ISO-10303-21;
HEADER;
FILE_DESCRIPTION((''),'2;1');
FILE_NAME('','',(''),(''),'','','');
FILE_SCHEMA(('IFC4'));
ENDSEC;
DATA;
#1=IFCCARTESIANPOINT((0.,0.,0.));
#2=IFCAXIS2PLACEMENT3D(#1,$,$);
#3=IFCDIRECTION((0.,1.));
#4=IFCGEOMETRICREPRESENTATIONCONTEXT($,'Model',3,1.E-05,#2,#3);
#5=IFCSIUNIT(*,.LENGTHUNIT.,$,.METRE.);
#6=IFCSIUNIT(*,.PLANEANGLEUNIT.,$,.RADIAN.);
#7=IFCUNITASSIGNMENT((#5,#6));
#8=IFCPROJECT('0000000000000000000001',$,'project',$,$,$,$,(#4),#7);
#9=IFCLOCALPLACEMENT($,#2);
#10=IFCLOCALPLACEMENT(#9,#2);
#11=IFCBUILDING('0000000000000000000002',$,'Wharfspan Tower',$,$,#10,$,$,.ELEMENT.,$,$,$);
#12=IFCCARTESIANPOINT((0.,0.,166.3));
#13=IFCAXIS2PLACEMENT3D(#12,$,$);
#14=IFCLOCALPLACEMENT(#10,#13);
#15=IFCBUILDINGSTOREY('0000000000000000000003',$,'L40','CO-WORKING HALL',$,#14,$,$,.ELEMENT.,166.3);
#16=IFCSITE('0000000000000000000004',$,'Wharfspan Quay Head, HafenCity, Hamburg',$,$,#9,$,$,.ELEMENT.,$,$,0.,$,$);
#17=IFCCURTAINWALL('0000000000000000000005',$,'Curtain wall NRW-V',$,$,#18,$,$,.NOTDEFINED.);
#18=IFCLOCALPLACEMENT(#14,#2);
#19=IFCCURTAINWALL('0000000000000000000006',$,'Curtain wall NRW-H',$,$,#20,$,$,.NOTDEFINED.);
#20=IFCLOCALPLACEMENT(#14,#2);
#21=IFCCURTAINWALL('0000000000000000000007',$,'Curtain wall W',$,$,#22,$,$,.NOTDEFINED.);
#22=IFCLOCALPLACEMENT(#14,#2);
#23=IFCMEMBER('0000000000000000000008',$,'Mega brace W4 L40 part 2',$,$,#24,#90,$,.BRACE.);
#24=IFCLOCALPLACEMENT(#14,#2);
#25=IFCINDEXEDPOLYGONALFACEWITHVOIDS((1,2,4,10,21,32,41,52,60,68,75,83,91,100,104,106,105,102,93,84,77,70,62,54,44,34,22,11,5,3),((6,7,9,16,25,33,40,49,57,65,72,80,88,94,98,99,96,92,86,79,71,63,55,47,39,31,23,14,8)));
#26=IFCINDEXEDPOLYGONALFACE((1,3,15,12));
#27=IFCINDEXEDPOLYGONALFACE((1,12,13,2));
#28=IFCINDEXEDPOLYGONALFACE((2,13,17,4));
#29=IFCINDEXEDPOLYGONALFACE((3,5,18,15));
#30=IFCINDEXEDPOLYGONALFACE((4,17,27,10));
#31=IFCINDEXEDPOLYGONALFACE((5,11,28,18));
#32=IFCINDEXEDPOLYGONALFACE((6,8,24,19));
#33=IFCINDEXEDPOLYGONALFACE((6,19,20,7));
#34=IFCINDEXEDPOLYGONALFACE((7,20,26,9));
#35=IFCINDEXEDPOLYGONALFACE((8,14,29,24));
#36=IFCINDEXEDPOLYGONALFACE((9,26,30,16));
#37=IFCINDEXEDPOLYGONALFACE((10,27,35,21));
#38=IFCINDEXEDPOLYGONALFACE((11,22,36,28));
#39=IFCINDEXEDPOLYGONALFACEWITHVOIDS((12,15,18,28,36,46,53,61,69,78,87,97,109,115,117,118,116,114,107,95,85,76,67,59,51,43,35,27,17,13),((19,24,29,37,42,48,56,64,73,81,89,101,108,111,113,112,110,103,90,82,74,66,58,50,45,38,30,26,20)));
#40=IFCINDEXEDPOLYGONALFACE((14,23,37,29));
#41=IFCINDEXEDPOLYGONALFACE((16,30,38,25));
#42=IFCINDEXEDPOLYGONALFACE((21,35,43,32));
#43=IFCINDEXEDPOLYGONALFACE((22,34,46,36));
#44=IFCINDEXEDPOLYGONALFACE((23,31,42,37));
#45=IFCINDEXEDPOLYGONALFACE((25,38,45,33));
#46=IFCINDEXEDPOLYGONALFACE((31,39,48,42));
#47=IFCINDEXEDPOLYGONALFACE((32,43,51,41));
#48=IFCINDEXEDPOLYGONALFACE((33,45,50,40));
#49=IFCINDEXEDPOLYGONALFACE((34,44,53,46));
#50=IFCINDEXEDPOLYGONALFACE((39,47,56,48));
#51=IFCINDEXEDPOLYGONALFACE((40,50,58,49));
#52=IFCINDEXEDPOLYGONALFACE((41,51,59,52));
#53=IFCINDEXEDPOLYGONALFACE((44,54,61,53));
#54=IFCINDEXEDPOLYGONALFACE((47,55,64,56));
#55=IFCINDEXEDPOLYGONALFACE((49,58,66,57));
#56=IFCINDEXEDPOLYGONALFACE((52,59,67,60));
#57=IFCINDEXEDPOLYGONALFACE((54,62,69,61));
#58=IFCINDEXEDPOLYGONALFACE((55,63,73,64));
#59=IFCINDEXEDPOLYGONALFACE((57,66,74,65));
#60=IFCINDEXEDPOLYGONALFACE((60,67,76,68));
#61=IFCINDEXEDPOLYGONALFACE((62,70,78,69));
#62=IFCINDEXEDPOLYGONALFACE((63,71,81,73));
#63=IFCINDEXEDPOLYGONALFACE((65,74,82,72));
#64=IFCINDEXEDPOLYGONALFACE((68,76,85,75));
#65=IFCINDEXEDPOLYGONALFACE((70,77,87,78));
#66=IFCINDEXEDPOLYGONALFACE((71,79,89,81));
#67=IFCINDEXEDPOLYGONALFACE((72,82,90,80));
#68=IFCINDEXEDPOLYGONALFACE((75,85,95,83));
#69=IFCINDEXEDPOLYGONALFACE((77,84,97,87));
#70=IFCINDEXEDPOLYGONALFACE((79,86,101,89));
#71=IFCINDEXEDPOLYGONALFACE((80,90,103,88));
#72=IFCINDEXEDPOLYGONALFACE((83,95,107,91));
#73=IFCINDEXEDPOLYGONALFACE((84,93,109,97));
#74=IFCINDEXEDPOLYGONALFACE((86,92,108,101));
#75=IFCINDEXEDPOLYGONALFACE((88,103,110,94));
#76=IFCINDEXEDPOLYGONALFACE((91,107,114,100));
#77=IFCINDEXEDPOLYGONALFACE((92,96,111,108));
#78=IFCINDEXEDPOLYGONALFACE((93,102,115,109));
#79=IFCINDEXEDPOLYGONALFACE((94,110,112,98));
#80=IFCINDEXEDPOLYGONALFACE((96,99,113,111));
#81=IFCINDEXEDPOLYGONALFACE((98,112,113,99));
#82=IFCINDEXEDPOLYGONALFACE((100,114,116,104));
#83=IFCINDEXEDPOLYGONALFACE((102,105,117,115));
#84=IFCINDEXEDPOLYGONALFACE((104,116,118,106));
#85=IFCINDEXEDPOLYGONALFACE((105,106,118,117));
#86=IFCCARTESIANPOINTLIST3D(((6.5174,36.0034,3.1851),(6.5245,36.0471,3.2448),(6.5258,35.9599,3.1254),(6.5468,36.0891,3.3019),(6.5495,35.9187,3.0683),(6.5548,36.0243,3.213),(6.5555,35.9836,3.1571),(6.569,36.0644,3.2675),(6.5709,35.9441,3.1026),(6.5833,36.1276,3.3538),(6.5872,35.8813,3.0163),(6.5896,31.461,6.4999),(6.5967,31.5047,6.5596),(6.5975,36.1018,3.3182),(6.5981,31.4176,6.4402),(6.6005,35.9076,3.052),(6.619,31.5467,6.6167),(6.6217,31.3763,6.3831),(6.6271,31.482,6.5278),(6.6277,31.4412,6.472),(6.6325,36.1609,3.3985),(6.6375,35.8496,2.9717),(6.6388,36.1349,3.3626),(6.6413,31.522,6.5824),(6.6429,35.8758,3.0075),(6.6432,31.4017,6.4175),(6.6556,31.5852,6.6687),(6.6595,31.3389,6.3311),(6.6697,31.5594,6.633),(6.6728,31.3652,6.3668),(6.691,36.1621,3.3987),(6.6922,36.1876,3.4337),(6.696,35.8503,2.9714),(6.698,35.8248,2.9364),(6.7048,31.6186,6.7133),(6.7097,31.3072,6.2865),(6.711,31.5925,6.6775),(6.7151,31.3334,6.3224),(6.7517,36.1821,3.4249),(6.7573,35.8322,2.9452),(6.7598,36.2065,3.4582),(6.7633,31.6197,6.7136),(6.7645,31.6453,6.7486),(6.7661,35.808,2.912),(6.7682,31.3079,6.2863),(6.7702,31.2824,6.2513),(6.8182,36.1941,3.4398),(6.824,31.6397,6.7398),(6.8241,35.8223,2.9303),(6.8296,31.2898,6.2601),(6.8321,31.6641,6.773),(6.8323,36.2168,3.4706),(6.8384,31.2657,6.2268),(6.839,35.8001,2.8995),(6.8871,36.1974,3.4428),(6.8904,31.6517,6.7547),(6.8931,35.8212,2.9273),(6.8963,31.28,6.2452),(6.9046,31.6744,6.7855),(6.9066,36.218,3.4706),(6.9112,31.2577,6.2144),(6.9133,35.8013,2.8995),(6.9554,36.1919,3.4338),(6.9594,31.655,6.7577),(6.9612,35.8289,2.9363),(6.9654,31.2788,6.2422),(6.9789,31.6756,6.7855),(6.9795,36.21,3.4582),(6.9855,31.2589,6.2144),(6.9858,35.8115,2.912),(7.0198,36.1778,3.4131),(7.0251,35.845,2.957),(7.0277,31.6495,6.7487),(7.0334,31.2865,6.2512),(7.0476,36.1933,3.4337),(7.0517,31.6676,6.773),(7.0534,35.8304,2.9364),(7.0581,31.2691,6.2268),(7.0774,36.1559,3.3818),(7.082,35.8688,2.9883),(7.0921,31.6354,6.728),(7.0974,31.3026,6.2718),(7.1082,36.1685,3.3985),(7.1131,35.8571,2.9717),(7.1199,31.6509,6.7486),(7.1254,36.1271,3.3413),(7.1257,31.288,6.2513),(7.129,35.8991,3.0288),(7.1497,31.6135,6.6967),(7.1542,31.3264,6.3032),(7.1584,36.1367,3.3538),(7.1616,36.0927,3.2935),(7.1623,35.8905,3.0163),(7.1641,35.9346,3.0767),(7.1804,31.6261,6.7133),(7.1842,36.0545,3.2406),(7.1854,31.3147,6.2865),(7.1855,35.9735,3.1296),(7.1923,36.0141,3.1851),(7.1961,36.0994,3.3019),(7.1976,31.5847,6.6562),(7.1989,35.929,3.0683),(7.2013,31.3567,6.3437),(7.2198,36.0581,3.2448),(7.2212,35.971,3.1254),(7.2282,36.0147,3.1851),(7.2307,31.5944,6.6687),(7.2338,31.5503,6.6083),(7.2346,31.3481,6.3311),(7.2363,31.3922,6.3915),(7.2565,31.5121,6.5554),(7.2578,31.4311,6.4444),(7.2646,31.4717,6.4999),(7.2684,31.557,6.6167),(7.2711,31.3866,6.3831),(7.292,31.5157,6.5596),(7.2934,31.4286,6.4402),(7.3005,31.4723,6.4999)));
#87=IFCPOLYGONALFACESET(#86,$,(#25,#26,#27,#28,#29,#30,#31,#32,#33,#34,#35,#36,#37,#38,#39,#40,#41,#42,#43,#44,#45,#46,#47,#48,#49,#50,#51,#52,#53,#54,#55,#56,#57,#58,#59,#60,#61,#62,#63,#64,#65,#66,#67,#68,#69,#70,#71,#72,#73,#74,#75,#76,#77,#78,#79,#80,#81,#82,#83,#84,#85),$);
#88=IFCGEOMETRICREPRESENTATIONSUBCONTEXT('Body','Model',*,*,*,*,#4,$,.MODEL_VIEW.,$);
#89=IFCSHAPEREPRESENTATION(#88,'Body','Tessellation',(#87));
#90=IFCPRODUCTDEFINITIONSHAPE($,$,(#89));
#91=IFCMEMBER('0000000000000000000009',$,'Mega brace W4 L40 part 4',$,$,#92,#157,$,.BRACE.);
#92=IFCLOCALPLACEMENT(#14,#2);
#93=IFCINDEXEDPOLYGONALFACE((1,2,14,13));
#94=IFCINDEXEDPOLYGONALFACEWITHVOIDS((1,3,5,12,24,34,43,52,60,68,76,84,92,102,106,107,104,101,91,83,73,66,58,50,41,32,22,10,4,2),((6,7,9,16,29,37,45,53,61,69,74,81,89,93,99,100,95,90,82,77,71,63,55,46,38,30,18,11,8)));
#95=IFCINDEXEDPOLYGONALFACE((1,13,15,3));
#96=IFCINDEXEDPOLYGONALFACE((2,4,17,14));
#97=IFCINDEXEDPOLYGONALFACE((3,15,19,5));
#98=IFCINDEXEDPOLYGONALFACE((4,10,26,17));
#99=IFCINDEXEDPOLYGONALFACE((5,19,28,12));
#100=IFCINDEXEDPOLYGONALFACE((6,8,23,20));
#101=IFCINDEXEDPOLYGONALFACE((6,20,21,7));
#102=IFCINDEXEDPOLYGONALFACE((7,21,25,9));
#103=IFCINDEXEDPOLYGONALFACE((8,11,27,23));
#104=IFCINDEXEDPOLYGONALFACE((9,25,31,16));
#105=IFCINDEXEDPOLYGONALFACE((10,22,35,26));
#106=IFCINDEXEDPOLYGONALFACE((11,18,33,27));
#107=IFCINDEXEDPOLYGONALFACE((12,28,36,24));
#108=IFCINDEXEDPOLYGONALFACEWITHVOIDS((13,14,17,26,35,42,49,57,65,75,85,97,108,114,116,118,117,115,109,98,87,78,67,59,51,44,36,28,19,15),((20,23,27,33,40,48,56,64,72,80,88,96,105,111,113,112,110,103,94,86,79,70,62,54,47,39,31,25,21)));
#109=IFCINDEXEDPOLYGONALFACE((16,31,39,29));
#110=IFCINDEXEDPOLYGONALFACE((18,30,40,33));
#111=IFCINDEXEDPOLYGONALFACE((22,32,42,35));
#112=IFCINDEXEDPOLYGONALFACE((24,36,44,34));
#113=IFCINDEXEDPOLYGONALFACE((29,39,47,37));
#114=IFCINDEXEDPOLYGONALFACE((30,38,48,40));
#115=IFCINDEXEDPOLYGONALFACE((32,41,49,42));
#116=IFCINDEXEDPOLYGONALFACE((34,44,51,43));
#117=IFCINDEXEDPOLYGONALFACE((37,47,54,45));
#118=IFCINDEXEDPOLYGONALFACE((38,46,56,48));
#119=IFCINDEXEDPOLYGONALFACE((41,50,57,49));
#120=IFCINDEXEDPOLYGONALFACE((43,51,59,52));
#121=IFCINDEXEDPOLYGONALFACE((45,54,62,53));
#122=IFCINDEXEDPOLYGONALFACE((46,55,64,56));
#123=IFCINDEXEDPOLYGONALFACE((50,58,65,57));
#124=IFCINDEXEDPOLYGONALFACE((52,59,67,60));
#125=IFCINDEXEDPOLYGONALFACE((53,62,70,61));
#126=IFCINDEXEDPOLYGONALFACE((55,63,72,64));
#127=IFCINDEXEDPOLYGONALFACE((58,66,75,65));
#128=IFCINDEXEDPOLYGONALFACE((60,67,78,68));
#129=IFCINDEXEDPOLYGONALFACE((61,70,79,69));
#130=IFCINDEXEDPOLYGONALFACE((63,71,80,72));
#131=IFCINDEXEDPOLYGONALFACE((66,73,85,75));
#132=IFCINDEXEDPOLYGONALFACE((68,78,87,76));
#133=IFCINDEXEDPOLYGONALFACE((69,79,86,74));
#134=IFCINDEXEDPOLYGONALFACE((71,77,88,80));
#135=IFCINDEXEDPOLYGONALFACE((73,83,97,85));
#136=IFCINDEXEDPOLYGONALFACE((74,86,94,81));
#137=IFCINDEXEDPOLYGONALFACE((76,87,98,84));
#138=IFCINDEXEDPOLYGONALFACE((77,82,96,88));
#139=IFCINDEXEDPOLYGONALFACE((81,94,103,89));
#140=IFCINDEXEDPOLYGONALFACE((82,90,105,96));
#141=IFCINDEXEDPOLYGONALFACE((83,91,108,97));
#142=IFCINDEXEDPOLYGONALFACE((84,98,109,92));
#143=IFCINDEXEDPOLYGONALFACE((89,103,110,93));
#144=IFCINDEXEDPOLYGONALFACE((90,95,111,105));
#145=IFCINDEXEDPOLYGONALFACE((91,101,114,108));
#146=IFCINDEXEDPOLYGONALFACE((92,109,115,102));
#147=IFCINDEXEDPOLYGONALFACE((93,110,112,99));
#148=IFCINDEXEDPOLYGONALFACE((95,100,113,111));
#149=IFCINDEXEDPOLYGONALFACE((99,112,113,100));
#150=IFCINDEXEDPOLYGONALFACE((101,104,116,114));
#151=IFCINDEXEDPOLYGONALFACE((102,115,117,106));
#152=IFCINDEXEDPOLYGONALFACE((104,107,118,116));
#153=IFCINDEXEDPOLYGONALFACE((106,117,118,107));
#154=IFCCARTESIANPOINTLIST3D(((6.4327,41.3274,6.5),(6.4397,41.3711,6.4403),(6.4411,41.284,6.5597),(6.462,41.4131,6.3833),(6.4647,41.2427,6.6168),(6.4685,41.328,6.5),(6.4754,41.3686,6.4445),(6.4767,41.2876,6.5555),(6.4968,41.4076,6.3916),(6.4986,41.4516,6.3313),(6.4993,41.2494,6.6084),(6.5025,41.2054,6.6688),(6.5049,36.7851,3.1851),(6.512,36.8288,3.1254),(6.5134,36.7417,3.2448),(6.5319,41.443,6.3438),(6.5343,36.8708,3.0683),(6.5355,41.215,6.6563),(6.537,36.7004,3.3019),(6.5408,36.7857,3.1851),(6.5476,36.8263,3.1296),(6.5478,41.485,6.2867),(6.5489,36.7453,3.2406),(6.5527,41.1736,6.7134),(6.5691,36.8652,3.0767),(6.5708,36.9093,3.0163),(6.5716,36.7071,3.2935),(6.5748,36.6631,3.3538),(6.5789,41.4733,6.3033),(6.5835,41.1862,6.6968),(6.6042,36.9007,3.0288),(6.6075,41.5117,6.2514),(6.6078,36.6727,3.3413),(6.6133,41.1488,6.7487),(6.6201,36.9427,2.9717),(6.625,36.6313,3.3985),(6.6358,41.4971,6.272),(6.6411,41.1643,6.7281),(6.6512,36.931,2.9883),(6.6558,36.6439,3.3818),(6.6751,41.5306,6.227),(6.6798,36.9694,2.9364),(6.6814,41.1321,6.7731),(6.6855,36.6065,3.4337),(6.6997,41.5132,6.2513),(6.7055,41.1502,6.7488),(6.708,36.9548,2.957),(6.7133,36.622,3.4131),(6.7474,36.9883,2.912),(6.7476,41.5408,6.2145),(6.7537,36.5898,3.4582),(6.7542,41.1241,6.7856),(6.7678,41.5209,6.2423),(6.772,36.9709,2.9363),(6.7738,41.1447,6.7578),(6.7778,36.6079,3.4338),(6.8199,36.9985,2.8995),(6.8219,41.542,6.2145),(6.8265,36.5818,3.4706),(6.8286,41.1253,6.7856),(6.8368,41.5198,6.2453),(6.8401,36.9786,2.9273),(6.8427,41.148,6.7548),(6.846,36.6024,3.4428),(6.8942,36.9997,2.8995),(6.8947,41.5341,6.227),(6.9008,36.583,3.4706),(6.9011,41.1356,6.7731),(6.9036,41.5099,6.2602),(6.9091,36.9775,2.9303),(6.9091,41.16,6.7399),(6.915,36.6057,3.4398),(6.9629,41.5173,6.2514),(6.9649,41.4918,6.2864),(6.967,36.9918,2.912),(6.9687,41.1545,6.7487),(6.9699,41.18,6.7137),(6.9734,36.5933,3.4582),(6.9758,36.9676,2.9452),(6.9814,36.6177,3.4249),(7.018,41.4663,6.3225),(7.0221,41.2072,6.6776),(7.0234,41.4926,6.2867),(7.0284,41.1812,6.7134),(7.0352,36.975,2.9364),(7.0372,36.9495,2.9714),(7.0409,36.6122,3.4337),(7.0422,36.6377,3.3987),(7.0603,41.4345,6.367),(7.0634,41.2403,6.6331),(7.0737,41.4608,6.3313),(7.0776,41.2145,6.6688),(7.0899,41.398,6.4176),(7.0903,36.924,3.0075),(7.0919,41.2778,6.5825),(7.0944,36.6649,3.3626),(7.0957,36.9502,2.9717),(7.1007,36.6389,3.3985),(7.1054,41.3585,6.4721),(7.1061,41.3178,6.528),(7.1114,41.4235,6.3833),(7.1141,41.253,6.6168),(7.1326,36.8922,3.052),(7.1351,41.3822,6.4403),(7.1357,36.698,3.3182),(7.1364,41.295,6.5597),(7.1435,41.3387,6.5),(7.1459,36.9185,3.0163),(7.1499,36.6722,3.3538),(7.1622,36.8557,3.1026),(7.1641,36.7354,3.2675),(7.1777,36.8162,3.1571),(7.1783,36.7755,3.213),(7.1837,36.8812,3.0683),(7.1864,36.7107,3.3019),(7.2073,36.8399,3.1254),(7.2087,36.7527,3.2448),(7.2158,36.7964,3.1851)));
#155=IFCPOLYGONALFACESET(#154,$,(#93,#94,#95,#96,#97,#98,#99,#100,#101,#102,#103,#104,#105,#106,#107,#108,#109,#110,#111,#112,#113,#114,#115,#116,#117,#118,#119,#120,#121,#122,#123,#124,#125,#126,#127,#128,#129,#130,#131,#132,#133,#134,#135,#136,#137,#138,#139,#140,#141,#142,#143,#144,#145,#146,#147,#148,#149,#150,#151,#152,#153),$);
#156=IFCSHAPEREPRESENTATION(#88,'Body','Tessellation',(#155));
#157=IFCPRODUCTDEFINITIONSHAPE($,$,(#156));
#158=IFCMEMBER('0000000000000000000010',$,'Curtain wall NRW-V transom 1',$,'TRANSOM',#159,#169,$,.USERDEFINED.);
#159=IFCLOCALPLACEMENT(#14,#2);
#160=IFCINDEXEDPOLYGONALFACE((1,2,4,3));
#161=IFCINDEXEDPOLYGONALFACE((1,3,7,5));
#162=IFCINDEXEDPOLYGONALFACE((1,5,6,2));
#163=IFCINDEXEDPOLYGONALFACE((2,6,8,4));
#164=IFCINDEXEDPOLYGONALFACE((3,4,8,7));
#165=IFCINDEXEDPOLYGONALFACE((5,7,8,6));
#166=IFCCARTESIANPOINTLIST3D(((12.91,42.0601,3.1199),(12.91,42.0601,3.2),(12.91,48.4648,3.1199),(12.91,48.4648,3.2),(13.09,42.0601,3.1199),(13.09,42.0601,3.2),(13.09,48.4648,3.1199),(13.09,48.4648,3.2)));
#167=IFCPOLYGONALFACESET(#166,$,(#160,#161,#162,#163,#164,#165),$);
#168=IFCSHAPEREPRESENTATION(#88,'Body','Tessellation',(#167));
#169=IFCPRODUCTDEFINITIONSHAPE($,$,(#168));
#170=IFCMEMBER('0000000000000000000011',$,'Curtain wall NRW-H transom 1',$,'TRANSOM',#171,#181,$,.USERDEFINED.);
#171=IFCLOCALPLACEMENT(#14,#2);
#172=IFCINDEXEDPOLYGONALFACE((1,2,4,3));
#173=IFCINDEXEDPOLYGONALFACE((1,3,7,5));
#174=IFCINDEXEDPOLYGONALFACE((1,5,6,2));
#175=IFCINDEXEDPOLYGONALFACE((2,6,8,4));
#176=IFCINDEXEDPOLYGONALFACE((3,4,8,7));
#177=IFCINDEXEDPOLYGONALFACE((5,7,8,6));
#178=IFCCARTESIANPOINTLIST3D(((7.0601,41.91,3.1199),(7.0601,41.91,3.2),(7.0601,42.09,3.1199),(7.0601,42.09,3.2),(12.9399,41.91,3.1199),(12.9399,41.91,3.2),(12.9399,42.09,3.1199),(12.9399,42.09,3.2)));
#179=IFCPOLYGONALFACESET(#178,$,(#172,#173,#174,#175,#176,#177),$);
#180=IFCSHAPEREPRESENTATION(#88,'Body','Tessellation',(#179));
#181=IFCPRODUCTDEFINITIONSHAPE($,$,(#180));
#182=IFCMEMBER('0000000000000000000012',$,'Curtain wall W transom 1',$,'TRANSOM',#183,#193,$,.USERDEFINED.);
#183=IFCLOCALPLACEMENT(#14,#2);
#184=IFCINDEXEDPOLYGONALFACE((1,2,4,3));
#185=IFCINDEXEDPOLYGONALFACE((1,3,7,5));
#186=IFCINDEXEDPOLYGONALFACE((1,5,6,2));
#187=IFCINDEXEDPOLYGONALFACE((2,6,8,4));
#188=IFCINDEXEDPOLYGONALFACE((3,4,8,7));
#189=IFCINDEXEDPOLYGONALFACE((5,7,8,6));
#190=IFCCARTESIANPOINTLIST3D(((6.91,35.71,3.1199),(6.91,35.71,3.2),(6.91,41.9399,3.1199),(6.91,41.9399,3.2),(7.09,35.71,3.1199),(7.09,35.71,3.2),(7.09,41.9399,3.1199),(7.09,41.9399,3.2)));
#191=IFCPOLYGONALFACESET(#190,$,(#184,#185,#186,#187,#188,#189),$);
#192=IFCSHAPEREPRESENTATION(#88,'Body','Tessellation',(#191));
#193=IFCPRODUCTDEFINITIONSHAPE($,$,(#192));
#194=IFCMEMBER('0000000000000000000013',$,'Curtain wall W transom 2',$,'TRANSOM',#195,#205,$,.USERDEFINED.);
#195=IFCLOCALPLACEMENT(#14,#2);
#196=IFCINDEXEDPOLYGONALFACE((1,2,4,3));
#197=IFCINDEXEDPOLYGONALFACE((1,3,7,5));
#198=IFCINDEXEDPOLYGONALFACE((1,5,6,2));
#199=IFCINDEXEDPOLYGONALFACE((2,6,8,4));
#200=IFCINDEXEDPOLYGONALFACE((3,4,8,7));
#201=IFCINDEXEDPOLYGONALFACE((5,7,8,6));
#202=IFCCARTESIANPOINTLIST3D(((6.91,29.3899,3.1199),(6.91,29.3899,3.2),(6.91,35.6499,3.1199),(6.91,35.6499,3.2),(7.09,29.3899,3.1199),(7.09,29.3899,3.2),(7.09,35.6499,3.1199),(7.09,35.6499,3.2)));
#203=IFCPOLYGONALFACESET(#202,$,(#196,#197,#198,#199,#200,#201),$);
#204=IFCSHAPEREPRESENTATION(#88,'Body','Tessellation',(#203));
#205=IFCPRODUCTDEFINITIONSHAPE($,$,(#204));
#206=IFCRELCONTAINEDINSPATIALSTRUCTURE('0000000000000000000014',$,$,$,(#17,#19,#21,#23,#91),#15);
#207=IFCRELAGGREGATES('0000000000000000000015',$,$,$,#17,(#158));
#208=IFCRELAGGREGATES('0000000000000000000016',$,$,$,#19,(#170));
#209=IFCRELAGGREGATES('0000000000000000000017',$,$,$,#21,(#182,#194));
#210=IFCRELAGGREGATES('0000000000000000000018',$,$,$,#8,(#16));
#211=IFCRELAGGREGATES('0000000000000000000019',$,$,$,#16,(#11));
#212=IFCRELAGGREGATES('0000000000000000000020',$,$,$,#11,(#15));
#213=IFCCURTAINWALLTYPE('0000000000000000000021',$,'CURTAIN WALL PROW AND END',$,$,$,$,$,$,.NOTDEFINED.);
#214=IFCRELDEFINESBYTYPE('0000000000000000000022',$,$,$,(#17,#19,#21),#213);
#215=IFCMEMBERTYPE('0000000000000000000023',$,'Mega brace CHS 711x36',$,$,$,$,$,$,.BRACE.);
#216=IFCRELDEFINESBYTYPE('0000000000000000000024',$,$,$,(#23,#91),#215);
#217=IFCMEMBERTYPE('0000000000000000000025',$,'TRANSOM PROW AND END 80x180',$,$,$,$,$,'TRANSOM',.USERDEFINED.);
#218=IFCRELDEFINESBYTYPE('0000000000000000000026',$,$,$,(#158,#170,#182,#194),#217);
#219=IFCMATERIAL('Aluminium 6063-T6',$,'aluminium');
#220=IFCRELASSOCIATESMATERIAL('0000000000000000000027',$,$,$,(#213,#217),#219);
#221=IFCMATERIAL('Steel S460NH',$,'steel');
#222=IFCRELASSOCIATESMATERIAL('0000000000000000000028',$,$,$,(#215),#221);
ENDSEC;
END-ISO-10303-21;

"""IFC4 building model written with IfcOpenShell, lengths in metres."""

from ifc_helpers import new_model, si_unit, direction, frame, origin, origin_2d, place, context, subcontext, project, spatial, rectangle, hollow_circle, extrude, material, material_profile, profile_set, type_object, element, aggregate, save


model = new_model("IFC4")

# Units and contexts
model_context = context("Model", 3, precision=1e-05, world=origin(), true_north=direction((0.0, 1.0)))
body_context = subcontext(model_context, "Body", "Model", "MODEL_VIEW")
ifc_project = project(units=[si_unit("LENGTHUNIT", "METRE"), si_unit("PLANEANGLEUNIT", "RADIAN")], contexts=[model_context])

# Site, building, storey
site_placement = place(None, origin())
site = spatial("IfcSite", under=ifc_project, at=site_placement, Name="Wharfspan Quay Head, HafenCity, Hamburg", CompositionType="ELEMENT", RefElevation=0.0)
building_placement = place(site_placement, origin())
building = spatial("IfcBuilding", under=site, at=building_placement, Name="Wharfspan Tower", CompositionType="ELEMENT")
storey_placement = place(building_placement, frame((0.0, 0.0, 166.3)))
storey = spatial("IfcBuildingStorey", under=building, at=storey_placement, Name="L40", Description="CO-WORKING HALL", CompositionType="ELEMENT", Elevation=166.3)

# Curtain walls
ifc_material_1 = material(Name="Aluminium 6063-T6", Category="aluminium")
curtain_wall_type = type_object("IfcCurtainWallType", Name="CURTAIN WALL PROW AND END", PredefinedType="NOTDEFINED", material=ifc_material_1)
curtain_wall_1_placement = place(storey_placement, origin())
curtain_wall_1 = element("IfcCurtainWall", 1, at=curtain_wall_1_placement, inside=storey, type_object=curtain_wall_type, Name="Curtain wall NRW-V", PredefinedType="NOTDEFINED")
curtain_wall_2_placement = place(storey_placement, origin())
curtain_wall_2 = element("IfcCurtainWall", 2, at=curtain_wall_2_placement, inside=storey, type_object=curtain_wall_type, Name="Curtain wall NRW-H", PredefinedType="NOTDEFINED")
curtain_wall_3_placement = place(storey_placement, origin())
curtain_wall_3 = element("IfcCurtainWall", 3, at=curtain_wall_3_placement, inside=storey, type_object=curtain_wall_type, Name="Curtain wall W", PredefinedType="NOTDEFINED")

# Members
ifc_material_2 = material(Name="Steel S460NH", Category="steel")
ifc_material_profile_1 = material_profile(ifc_material_2, hollow_circle(Radius=0.3555, WallThickness=0.0359, at=origin_2d()))
ifc_profile_set_1 = profile_set([ifc_material_profile_1], Name="Steel S460NH")
member_type_1 = type_object("IfcMemberType", Name="Mega brace CHS 711x36", PredefinedType="BRACE", material=ifc_profile_set_1)
for number, where, z_axis, x_axis, name in (
    (4, (6.8728, 36.009, 3.1851), (0.01285, -0.807711, 0.589439), (0.999876, 0.015905, -0.000003), "Mega brace W4 L40 part 2"),
    (5, (6.8604, 36.7908, 3.1851), (-0.01285, 0.807696, 0.589459), (-0.999875, -0.015906, -0.000002), "Mega brace W4 L40 part 4"),
):
    element("IfcMember", number, at=place(storey_placement, frame(where, z_axis=z_axis, x_axis=x_axis)), inside=storey, type_object=member_type_1, Name=name, PredefinedType="BRACE", context=body_context, shape_type="SweptSolid", body=[
        extrude(hollow_circle(Radius=0.3555, WallThickness=0.0359, at=origin_2d()), origin(), (0.0, 0.0, 1.0), 5.6238),
    ])

# Members
ifc_material_profile_2 = material_profile(ifc_material_1, rectangle(XDim=0.1799, YDim=0.0801, at=origin_2d()))
ifc_profile_set_2 = profile_set([ifc_material_profile_2], Name="Aluminium 6063-T6")
member_type_2 = type_object("IfcMemberType", Name="TRANSOM PROW AND END 80x180", ElementType="TRANSOM", PredefinedType="USERDEFINED", material=ifc_profile_set_2)
member_1_placement = place(storey_placement, frame((13.0, 48.4648, 3.1599), z_axis=(0.0, -1.0, 0.0), x_axis=(1.0, 0.0, 0.0)))
member_1 = element("IfcMember", 6, at=member_1_placement, type_object=member_type_2, Name="Curtain wall NRW-V transom 1", ObjectType="TRANSOM", PredefinedType="USERDEFINED", context=body_context, shape_type="SweptSolid", body=[
    extrude(rectangle(XDim=0.1799, YDim=0.0801, at=origin_2d()), origin(), (0.0, 0.0, 1.0), 6.4048),
])
member_2_placement = place(storey_placement, frame((12.9399, 42.0, 3.1599), z_axis=(-1.0, 0.0, 0.0), x_axis=(0.0, -1.0, 0.0)))
member_2 = element("IfcMember", 7, at=member_2_placement, type_object=member_type_2, Name="Curtain wall NRW-H transom 1", ObjectType="TRANSOM", PredefinedType="USERDEFINED", context=body_context, shape_type="SweptSolid", body=[
    extrude(rectangle(XDim=0.1799, YDim=0.0801, at=origin_2d()), origin(), (0.0, 0.0, 1.0), 5.8799),
])
member_3_placement = place(storey_placement, frame((7.0, 41.9399, 3.1599), z_axis=(0.0, -1.0, 0.0), x_axis=(1.0, 0.0, 0.0)))
member_3 = element("IfcMember", 8, at=member_3_placement, type_object=member_type_2, Name="Curtain wall W transom 1", ObjectType="TRANSOM", PredefinedType="USERDEFINED", context=body_context, shape_type="SweptSolid", body=[
    extrude(rectangle(XDim=0.1799, YDim=0.0801, at=origin_2d()), origin(), (0.0, 0.0, 1.0), 6.23),
])
member_4_placement = place(storey_placement, frame((7.0, 35.6499, 3.1599), z_axis=(0.0, -1.0, 0.0), x_axis=(1.0, 0.0, 0.0)))
member_4 = element("IfcMember", 9, at=member_4_placement, type_object=member_type_2, Name="Curtain wall W transom 2", ObjectType="TRANSOM", PredefinedType="USERDEFINED", context=body_context, shape_type="SweptSolid", body=[
    extrude(rectangle(XDim=0.1799, YDim=0.0801, at=origin_2d()), origin(), (0.0, 0.0, 1.0), 6.26),
])

aggregate(curtain_wall_1, [member_1])
aggregate(curtain_wall_2, [member_2])
aggregate(curtain_wall_3, [member_3, member_4])

save(model, "model.ifc")
